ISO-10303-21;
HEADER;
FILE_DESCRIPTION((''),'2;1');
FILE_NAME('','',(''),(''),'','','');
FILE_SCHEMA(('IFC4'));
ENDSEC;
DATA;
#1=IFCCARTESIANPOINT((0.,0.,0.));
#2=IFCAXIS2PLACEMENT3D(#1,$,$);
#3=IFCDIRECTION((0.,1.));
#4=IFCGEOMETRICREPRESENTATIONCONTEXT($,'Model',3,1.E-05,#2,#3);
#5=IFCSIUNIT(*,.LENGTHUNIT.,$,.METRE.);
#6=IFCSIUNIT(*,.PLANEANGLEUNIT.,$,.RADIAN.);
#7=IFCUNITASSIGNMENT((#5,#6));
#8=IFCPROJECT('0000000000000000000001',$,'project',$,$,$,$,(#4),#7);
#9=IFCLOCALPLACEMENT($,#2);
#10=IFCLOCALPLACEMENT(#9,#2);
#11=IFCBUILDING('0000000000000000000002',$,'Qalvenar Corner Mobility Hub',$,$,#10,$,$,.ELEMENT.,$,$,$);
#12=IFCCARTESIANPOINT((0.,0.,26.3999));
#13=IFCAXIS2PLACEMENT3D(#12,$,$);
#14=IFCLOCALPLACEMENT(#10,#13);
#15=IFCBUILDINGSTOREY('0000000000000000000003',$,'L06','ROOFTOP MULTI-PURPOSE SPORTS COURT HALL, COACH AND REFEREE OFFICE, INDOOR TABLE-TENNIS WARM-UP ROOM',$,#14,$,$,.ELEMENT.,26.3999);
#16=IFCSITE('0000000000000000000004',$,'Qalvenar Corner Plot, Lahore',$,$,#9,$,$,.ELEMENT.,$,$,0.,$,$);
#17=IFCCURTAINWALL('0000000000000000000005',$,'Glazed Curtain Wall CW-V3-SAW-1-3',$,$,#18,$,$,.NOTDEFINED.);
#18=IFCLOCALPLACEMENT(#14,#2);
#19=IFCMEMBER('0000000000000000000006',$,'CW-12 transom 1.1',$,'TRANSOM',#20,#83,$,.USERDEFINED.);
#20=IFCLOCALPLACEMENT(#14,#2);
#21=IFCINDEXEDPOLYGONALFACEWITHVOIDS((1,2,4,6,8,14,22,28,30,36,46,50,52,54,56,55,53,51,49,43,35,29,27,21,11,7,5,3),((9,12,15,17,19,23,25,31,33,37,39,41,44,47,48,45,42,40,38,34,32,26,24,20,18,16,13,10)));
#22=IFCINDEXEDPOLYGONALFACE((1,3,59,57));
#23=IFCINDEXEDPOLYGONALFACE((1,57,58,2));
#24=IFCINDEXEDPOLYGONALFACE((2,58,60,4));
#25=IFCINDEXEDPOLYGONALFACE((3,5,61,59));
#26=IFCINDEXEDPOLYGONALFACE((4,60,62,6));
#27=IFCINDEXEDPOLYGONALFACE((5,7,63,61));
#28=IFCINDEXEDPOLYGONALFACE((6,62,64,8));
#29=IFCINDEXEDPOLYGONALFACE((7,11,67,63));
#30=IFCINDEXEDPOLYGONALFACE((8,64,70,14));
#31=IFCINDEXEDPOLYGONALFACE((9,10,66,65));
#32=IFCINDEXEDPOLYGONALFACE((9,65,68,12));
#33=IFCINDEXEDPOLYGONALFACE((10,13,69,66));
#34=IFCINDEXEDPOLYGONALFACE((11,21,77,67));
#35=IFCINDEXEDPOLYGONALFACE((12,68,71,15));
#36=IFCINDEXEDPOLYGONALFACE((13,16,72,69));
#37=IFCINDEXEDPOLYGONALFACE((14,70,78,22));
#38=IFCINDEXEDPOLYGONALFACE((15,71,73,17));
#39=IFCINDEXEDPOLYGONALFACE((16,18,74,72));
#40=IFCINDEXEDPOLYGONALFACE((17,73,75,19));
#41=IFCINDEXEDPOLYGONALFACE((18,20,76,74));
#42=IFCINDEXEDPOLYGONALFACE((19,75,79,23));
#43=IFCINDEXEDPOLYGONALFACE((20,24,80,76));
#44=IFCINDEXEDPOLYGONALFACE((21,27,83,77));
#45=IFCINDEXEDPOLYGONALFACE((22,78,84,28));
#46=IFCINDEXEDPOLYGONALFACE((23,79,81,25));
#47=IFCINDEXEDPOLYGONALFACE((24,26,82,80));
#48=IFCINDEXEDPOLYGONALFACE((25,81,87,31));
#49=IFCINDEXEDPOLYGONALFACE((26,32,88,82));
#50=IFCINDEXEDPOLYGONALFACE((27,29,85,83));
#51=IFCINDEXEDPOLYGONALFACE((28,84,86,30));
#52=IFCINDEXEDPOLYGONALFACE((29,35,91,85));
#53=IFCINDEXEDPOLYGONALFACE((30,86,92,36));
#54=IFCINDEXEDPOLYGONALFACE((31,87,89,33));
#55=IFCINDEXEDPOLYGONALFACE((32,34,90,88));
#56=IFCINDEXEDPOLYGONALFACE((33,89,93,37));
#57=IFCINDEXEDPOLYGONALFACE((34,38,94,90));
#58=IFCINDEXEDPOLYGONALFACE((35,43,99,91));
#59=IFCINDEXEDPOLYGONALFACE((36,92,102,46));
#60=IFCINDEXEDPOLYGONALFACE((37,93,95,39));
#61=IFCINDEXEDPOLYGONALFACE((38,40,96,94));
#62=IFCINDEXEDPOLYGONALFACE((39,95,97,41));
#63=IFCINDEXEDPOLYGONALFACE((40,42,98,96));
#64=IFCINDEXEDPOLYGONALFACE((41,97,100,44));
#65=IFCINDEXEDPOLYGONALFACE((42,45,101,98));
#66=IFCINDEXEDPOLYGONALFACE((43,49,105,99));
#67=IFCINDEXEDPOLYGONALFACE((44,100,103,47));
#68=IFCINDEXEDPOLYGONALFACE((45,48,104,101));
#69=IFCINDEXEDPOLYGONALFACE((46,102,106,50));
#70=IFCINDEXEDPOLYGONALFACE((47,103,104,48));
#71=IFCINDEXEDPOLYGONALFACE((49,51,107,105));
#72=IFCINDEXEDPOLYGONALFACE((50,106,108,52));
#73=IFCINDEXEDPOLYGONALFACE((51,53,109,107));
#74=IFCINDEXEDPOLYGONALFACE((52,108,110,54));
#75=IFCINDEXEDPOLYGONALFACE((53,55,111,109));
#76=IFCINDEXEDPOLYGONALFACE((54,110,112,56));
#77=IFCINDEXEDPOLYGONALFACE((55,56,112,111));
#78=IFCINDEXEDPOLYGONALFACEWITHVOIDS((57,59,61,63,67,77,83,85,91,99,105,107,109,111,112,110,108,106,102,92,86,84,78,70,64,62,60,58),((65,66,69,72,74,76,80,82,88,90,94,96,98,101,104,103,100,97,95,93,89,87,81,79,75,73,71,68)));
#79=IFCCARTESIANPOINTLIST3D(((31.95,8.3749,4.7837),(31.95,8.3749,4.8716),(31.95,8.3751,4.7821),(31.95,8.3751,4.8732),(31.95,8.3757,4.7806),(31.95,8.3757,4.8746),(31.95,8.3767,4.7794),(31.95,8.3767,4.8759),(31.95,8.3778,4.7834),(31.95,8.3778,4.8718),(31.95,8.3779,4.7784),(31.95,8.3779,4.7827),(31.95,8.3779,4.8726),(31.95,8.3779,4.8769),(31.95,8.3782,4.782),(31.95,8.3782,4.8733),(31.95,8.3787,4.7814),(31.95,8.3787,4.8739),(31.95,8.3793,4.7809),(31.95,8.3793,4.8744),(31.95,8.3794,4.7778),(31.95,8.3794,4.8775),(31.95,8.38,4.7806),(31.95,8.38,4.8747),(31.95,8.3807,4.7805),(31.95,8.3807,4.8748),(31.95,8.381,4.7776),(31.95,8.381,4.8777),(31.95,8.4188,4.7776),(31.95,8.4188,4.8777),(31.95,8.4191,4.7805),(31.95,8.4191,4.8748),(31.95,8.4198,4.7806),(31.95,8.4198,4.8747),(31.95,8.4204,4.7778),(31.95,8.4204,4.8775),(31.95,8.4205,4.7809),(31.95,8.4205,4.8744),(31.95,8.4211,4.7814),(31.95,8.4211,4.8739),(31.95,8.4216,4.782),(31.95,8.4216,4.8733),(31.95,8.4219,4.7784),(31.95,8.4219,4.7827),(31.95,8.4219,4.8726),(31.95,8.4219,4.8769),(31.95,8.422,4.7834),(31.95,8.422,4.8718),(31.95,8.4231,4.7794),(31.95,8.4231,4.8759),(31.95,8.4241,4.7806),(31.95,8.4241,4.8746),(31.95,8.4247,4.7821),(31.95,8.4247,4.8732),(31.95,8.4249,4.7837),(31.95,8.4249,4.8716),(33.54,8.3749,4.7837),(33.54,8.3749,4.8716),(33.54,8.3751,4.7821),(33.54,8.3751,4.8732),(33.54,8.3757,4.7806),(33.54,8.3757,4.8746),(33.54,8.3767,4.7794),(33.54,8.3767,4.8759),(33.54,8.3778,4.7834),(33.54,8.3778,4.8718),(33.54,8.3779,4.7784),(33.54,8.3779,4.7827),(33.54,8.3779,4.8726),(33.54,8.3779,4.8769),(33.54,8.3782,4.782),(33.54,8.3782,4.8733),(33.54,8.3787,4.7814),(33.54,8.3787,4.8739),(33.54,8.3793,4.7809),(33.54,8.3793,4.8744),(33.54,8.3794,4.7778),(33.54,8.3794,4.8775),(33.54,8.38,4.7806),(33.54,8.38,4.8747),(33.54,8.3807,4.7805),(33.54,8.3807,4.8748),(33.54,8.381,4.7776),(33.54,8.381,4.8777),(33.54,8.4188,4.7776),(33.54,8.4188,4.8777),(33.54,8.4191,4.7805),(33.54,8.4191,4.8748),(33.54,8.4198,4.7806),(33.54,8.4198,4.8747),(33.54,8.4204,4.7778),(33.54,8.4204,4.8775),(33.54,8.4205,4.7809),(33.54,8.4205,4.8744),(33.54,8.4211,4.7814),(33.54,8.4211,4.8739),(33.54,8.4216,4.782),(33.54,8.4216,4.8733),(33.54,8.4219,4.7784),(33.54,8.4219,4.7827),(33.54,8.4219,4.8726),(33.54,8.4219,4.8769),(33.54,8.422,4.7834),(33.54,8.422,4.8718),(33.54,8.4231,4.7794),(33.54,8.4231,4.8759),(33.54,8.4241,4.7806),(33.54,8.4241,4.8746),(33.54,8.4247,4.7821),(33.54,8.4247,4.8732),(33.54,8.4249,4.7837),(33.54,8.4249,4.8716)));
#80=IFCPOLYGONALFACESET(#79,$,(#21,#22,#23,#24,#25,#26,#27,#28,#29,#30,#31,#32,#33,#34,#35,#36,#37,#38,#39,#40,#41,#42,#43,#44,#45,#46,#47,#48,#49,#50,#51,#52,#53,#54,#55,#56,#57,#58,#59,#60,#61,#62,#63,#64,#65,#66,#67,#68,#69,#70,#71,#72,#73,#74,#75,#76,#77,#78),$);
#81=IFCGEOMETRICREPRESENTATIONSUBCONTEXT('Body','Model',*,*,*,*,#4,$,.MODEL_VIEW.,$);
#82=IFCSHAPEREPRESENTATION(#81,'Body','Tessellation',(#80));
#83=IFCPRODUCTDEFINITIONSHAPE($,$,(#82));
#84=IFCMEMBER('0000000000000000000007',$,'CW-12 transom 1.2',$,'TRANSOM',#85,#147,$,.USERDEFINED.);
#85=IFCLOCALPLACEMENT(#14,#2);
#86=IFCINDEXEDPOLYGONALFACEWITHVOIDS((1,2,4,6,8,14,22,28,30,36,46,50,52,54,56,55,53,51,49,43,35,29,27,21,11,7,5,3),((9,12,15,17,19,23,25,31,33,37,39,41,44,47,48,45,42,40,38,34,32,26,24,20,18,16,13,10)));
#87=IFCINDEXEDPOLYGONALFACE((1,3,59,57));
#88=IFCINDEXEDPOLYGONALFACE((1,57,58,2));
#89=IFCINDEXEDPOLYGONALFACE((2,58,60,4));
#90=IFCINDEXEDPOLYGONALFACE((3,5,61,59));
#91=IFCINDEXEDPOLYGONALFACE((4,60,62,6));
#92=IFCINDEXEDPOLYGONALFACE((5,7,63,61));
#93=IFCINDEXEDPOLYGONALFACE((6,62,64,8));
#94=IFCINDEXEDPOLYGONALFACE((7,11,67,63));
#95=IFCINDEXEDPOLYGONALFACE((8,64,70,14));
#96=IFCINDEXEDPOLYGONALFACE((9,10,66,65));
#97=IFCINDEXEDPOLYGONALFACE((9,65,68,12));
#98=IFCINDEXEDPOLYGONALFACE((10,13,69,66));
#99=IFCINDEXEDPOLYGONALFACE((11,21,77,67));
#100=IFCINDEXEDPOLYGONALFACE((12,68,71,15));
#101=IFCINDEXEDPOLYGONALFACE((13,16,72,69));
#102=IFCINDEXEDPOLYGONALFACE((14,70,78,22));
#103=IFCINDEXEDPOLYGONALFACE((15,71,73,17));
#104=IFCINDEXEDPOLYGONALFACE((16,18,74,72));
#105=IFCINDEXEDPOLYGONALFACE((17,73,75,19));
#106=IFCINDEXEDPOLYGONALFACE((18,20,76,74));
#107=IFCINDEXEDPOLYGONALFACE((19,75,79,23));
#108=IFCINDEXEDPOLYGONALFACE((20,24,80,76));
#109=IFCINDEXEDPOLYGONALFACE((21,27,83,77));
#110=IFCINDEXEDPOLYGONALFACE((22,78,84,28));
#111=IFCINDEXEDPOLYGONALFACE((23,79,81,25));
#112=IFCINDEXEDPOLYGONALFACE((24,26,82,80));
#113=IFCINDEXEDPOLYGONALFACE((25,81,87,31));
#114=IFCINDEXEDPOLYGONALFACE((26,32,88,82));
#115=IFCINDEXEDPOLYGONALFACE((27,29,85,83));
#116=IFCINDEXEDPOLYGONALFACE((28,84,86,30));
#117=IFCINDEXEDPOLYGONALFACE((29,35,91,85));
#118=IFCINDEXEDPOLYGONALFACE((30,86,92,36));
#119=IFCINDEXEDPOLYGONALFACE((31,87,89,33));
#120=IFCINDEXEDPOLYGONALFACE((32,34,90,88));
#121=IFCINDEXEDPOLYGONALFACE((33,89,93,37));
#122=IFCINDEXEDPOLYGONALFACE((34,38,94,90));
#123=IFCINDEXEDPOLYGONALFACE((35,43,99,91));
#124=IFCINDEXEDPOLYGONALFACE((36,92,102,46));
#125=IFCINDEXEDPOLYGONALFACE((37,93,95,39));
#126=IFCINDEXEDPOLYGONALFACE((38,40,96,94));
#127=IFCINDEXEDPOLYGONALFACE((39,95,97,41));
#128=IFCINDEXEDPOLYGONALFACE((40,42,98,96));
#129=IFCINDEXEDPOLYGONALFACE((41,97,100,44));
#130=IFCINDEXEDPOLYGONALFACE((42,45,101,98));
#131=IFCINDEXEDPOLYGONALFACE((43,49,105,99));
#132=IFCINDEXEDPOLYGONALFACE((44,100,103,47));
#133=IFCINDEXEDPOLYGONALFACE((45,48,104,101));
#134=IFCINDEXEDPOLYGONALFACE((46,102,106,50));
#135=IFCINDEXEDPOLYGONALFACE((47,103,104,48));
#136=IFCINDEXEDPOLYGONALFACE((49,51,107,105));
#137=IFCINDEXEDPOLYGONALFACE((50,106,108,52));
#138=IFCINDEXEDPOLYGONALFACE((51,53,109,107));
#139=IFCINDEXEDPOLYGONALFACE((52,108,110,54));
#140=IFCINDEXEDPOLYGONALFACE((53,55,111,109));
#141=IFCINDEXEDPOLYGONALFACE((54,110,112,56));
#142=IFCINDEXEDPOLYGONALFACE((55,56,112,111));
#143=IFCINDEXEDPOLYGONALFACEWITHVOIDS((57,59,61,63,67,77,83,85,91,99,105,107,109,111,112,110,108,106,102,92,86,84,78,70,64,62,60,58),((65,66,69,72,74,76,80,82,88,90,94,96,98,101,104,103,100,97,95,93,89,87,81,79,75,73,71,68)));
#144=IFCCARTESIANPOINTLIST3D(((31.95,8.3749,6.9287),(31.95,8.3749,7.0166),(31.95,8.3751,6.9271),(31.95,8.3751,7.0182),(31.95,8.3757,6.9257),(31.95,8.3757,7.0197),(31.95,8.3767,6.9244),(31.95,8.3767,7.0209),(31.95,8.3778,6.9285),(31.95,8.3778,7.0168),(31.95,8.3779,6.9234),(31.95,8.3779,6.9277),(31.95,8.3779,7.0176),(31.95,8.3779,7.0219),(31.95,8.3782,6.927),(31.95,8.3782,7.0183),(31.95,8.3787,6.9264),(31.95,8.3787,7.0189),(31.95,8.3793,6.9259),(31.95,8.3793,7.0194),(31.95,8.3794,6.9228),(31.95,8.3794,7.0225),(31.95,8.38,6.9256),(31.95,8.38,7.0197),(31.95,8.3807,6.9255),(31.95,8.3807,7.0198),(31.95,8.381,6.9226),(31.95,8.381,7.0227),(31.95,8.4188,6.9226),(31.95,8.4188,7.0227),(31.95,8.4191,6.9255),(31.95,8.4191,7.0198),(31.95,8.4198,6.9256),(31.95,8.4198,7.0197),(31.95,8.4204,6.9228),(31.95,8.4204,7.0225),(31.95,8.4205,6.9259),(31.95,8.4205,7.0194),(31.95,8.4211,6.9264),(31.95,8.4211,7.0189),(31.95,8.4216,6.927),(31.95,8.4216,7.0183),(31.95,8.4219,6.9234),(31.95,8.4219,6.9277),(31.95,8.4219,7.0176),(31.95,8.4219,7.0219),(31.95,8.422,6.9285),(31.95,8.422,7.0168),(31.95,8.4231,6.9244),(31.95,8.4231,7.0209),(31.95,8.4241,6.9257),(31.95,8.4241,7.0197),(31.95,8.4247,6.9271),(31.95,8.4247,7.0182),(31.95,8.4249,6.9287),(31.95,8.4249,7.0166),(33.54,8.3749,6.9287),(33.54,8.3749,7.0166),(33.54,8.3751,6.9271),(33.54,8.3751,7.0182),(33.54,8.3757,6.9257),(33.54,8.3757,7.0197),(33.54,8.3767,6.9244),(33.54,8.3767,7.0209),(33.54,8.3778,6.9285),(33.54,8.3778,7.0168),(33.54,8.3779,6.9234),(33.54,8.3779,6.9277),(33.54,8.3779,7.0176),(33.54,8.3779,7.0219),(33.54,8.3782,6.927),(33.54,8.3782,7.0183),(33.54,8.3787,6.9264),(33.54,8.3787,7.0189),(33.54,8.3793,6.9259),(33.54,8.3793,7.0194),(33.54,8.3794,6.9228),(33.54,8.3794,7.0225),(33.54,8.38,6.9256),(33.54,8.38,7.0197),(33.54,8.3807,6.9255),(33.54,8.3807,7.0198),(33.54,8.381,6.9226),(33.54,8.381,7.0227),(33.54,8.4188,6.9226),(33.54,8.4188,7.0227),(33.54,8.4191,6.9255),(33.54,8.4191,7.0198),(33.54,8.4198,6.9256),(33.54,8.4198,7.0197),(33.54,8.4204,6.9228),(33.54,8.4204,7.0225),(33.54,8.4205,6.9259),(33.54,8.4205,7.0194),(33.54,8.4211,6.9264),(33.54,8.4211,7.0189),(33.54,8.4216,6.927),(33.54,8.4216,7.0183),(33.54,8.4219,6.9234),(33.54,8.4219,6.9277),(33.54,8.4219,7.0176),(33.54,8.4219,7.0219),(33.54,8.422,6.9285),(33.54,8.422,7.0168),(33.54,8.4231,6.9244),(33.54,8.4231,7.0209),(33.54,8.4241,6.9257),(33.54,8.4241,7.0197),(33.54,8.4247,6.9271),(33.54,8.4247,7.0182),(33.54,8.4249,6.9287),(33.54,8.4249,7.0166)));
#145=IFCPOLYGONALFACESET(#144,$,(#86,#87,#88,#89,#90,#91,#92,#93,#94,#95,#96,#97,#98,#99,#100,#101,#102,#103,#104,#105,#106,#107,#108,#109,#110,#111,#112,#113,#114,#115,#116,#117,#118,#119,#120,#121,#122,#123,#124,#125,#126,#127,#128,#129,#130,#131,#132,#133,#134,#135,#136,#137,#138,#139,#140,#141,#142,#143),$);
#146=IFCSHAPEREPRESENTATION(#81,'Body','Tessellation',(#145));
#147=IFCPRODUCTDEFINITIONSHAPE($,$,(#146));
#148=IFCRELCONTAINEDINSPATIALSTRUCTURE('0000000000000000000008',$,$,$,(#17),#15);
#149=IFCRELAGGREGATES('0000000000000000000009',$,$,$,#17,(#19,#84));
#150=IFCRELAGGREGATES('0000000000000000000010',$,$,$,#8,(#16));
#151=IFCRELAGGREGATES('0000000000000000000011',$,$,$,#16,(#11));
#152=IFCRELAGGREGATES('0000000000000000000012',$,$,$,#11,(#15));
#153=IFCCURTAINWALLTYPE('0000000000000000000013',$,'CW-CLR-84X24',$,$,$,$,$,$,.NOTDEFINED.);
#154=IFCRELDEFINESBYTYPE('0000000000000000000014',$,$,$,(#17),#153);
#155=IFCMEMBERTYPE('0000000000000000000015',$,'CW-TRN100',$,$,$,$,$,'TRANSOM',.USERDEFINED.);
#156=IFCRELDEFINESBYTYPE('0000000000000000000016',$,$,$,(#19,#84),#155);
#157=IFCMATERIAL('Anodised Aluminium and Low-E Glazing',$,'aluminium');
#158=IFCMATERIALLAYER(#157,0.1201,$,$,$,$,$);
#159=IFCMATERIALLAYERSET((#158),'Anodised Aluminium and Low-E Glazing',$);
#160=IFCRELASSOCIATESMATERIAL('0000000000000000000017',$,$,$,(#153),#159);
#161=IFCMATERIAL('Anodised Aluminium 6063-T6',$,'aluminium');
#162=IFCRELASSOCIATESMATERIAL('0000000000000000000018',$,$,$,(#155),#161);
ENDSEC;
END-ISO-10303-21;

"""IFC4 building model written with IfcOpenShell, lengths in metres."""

from ifc_helpers import new_model, si_unit, direction, frame, origin, origin_2d, place, context, subcontext, project, spatial, hollow_rectangle, extrude, material, layer, layer_set, material_profile, profile_set, type_object, element, aggregate, save


model = new_model("IFC4")

# Units and contexts
model_context = context("Model", 3, precision=1e-05, world=origin(), true_north=direction((0.0, 1.0)))
body_context = subcontext(model_context, "Body", "Model", "MODEL_VIEW")
ifc_project = project(units=[si_unit("LENGTHUNIT", "METRE"), si_unit("PLANEANGLEUNIT", "RADIAN")], contexts=[model_context])

# Site, building, storey
site_placement = place(None, origin())
site = spatial("IfcSite", under=ifc_project, at=site_placement, Name="Qalvenar Corner Plot, Lahore", CompositionType="ELEMENT", RefElevation=0.0)
building_placement = place(site_placement, origin())
building = spatial("IfcBuilding", under=site, at=building_placement, Name="Qalvenar Corner Mobility Hub", CompositionType="ELEMENT")
storey_placement = place(building_placement, frame((0.0, 0.0, 26.3999)))
storey = spatial("IfcBuildingStorey", under=building, at=storey_placement, Name="L06", Description="ROOFTOP MULTI-PURPOSE SPORTS COURT HALL, COACH AND REFEREE OFFICE, INDOOR TABLE-TENNIS WARM-UP ROOM", CompositionType="ELEMENT", Elevation=26.3999)

# Curtain wall
ifc_material_1 = material(Name="Anodised Aluminium and Low-E Glazing", Category="aluminium")
ifc_layer_1 = layer(ifc_material_1, 0.1201)
ifc_layer_set_1 = layer_set([ifc_layer_1], Name="Anodised Aluminium and Low-E Glazing")
curtain_wall_type = type_object("IfcCurtainWallType", Name="CW-CLR-84X24", PredefinedType="NOTDEFINED", material=ifc_layer_set_1)
curtain_wall_1_placement = place(storey_placement, origin())
curtain_wall_1 = element("IfcCurtainWall", 1, at=curtain_wall_1_placement, inside=storey, type_object=curtain_wall_type, Name="Glazed Curtain Wall CW-V3-SAW-1-3", PredefinedType="NOTDEFINED")
ifc_material_2 = material(Name="Anodised Aluminium 6063-T6", Category="aluminium")

# Members
ifc_material_profile_1 = material_profile(ifc_material_2, hollow_rectangle(XDim=0.05, YDim=0.1001, WallThickness=0.0029, InnerFilletRadius=0.0029, OuterFilletRadius=0.0061, at=origin_2d()), Name="RHS100x50x3")
ifc_profile_set_1 = profile_set([ifc_material_profile_1], Name="Anodised Aluminium 6063-T6")
member_type_1 = type_object("IfcMemberType", Name="CW-TRN100", ElementType="TRANSOM", PredefinedType="USERDEFINED", material=ifc_profile_set_1)
member_1_placement = place(storey_placement, frame((33.54, 8.3999, 4.8276), z_axis=(-1.0, 0.0, 0.0), x_axis=(0.0, -1.0, 0.0)))
member_1 = element("IfcMember", 2, at=member_1_placement, type_object=member_type_1, Name="CW-12 transom 1.1", ObjectType="TRANSOM", PredefinedType="USERDEFINED", context=body_context, shape_type="SweptSolid", body=[
    extrude(hollow_rectangle(XDim=0.05, YDim=0.1001, WallThickness=0.0029, InnerFilletRadius=0.0029, OuterFilletRadius=0.0061, at=origin_2d()), origin(), (0.0, 0.0, 1.0), 1.5901),
])
member_2_placement = place(storey_placement, frame((33.54, 8.3999, 6.9727), z_axis=(-1.0, 0.0, 0.0), x_axis=(0.0, -1.0, 0.0)))
member_2 = element("IfcMember", 3, at=member_2_placement, type_object=member_type_1, Name="CW-12 transom 1.2", ObjectType="TRANSOM", PredefinedType="USERDEFINED", context=body_context, shape_type="SweptSolid", body=[
    extrude(hollow_rectangle(XDim=0.05, YDim=0.1001, WallThickness=0.0029, InnerFilletRadius=0.0029, OuterFilletRadius=0.0061, at=origin_2d()), origin(), (0.0, 0.0, 1.0), 1.5901),
])

aggregate(curtain_wall_1, [member_1, member_2])

save(model, "model.ifc")
